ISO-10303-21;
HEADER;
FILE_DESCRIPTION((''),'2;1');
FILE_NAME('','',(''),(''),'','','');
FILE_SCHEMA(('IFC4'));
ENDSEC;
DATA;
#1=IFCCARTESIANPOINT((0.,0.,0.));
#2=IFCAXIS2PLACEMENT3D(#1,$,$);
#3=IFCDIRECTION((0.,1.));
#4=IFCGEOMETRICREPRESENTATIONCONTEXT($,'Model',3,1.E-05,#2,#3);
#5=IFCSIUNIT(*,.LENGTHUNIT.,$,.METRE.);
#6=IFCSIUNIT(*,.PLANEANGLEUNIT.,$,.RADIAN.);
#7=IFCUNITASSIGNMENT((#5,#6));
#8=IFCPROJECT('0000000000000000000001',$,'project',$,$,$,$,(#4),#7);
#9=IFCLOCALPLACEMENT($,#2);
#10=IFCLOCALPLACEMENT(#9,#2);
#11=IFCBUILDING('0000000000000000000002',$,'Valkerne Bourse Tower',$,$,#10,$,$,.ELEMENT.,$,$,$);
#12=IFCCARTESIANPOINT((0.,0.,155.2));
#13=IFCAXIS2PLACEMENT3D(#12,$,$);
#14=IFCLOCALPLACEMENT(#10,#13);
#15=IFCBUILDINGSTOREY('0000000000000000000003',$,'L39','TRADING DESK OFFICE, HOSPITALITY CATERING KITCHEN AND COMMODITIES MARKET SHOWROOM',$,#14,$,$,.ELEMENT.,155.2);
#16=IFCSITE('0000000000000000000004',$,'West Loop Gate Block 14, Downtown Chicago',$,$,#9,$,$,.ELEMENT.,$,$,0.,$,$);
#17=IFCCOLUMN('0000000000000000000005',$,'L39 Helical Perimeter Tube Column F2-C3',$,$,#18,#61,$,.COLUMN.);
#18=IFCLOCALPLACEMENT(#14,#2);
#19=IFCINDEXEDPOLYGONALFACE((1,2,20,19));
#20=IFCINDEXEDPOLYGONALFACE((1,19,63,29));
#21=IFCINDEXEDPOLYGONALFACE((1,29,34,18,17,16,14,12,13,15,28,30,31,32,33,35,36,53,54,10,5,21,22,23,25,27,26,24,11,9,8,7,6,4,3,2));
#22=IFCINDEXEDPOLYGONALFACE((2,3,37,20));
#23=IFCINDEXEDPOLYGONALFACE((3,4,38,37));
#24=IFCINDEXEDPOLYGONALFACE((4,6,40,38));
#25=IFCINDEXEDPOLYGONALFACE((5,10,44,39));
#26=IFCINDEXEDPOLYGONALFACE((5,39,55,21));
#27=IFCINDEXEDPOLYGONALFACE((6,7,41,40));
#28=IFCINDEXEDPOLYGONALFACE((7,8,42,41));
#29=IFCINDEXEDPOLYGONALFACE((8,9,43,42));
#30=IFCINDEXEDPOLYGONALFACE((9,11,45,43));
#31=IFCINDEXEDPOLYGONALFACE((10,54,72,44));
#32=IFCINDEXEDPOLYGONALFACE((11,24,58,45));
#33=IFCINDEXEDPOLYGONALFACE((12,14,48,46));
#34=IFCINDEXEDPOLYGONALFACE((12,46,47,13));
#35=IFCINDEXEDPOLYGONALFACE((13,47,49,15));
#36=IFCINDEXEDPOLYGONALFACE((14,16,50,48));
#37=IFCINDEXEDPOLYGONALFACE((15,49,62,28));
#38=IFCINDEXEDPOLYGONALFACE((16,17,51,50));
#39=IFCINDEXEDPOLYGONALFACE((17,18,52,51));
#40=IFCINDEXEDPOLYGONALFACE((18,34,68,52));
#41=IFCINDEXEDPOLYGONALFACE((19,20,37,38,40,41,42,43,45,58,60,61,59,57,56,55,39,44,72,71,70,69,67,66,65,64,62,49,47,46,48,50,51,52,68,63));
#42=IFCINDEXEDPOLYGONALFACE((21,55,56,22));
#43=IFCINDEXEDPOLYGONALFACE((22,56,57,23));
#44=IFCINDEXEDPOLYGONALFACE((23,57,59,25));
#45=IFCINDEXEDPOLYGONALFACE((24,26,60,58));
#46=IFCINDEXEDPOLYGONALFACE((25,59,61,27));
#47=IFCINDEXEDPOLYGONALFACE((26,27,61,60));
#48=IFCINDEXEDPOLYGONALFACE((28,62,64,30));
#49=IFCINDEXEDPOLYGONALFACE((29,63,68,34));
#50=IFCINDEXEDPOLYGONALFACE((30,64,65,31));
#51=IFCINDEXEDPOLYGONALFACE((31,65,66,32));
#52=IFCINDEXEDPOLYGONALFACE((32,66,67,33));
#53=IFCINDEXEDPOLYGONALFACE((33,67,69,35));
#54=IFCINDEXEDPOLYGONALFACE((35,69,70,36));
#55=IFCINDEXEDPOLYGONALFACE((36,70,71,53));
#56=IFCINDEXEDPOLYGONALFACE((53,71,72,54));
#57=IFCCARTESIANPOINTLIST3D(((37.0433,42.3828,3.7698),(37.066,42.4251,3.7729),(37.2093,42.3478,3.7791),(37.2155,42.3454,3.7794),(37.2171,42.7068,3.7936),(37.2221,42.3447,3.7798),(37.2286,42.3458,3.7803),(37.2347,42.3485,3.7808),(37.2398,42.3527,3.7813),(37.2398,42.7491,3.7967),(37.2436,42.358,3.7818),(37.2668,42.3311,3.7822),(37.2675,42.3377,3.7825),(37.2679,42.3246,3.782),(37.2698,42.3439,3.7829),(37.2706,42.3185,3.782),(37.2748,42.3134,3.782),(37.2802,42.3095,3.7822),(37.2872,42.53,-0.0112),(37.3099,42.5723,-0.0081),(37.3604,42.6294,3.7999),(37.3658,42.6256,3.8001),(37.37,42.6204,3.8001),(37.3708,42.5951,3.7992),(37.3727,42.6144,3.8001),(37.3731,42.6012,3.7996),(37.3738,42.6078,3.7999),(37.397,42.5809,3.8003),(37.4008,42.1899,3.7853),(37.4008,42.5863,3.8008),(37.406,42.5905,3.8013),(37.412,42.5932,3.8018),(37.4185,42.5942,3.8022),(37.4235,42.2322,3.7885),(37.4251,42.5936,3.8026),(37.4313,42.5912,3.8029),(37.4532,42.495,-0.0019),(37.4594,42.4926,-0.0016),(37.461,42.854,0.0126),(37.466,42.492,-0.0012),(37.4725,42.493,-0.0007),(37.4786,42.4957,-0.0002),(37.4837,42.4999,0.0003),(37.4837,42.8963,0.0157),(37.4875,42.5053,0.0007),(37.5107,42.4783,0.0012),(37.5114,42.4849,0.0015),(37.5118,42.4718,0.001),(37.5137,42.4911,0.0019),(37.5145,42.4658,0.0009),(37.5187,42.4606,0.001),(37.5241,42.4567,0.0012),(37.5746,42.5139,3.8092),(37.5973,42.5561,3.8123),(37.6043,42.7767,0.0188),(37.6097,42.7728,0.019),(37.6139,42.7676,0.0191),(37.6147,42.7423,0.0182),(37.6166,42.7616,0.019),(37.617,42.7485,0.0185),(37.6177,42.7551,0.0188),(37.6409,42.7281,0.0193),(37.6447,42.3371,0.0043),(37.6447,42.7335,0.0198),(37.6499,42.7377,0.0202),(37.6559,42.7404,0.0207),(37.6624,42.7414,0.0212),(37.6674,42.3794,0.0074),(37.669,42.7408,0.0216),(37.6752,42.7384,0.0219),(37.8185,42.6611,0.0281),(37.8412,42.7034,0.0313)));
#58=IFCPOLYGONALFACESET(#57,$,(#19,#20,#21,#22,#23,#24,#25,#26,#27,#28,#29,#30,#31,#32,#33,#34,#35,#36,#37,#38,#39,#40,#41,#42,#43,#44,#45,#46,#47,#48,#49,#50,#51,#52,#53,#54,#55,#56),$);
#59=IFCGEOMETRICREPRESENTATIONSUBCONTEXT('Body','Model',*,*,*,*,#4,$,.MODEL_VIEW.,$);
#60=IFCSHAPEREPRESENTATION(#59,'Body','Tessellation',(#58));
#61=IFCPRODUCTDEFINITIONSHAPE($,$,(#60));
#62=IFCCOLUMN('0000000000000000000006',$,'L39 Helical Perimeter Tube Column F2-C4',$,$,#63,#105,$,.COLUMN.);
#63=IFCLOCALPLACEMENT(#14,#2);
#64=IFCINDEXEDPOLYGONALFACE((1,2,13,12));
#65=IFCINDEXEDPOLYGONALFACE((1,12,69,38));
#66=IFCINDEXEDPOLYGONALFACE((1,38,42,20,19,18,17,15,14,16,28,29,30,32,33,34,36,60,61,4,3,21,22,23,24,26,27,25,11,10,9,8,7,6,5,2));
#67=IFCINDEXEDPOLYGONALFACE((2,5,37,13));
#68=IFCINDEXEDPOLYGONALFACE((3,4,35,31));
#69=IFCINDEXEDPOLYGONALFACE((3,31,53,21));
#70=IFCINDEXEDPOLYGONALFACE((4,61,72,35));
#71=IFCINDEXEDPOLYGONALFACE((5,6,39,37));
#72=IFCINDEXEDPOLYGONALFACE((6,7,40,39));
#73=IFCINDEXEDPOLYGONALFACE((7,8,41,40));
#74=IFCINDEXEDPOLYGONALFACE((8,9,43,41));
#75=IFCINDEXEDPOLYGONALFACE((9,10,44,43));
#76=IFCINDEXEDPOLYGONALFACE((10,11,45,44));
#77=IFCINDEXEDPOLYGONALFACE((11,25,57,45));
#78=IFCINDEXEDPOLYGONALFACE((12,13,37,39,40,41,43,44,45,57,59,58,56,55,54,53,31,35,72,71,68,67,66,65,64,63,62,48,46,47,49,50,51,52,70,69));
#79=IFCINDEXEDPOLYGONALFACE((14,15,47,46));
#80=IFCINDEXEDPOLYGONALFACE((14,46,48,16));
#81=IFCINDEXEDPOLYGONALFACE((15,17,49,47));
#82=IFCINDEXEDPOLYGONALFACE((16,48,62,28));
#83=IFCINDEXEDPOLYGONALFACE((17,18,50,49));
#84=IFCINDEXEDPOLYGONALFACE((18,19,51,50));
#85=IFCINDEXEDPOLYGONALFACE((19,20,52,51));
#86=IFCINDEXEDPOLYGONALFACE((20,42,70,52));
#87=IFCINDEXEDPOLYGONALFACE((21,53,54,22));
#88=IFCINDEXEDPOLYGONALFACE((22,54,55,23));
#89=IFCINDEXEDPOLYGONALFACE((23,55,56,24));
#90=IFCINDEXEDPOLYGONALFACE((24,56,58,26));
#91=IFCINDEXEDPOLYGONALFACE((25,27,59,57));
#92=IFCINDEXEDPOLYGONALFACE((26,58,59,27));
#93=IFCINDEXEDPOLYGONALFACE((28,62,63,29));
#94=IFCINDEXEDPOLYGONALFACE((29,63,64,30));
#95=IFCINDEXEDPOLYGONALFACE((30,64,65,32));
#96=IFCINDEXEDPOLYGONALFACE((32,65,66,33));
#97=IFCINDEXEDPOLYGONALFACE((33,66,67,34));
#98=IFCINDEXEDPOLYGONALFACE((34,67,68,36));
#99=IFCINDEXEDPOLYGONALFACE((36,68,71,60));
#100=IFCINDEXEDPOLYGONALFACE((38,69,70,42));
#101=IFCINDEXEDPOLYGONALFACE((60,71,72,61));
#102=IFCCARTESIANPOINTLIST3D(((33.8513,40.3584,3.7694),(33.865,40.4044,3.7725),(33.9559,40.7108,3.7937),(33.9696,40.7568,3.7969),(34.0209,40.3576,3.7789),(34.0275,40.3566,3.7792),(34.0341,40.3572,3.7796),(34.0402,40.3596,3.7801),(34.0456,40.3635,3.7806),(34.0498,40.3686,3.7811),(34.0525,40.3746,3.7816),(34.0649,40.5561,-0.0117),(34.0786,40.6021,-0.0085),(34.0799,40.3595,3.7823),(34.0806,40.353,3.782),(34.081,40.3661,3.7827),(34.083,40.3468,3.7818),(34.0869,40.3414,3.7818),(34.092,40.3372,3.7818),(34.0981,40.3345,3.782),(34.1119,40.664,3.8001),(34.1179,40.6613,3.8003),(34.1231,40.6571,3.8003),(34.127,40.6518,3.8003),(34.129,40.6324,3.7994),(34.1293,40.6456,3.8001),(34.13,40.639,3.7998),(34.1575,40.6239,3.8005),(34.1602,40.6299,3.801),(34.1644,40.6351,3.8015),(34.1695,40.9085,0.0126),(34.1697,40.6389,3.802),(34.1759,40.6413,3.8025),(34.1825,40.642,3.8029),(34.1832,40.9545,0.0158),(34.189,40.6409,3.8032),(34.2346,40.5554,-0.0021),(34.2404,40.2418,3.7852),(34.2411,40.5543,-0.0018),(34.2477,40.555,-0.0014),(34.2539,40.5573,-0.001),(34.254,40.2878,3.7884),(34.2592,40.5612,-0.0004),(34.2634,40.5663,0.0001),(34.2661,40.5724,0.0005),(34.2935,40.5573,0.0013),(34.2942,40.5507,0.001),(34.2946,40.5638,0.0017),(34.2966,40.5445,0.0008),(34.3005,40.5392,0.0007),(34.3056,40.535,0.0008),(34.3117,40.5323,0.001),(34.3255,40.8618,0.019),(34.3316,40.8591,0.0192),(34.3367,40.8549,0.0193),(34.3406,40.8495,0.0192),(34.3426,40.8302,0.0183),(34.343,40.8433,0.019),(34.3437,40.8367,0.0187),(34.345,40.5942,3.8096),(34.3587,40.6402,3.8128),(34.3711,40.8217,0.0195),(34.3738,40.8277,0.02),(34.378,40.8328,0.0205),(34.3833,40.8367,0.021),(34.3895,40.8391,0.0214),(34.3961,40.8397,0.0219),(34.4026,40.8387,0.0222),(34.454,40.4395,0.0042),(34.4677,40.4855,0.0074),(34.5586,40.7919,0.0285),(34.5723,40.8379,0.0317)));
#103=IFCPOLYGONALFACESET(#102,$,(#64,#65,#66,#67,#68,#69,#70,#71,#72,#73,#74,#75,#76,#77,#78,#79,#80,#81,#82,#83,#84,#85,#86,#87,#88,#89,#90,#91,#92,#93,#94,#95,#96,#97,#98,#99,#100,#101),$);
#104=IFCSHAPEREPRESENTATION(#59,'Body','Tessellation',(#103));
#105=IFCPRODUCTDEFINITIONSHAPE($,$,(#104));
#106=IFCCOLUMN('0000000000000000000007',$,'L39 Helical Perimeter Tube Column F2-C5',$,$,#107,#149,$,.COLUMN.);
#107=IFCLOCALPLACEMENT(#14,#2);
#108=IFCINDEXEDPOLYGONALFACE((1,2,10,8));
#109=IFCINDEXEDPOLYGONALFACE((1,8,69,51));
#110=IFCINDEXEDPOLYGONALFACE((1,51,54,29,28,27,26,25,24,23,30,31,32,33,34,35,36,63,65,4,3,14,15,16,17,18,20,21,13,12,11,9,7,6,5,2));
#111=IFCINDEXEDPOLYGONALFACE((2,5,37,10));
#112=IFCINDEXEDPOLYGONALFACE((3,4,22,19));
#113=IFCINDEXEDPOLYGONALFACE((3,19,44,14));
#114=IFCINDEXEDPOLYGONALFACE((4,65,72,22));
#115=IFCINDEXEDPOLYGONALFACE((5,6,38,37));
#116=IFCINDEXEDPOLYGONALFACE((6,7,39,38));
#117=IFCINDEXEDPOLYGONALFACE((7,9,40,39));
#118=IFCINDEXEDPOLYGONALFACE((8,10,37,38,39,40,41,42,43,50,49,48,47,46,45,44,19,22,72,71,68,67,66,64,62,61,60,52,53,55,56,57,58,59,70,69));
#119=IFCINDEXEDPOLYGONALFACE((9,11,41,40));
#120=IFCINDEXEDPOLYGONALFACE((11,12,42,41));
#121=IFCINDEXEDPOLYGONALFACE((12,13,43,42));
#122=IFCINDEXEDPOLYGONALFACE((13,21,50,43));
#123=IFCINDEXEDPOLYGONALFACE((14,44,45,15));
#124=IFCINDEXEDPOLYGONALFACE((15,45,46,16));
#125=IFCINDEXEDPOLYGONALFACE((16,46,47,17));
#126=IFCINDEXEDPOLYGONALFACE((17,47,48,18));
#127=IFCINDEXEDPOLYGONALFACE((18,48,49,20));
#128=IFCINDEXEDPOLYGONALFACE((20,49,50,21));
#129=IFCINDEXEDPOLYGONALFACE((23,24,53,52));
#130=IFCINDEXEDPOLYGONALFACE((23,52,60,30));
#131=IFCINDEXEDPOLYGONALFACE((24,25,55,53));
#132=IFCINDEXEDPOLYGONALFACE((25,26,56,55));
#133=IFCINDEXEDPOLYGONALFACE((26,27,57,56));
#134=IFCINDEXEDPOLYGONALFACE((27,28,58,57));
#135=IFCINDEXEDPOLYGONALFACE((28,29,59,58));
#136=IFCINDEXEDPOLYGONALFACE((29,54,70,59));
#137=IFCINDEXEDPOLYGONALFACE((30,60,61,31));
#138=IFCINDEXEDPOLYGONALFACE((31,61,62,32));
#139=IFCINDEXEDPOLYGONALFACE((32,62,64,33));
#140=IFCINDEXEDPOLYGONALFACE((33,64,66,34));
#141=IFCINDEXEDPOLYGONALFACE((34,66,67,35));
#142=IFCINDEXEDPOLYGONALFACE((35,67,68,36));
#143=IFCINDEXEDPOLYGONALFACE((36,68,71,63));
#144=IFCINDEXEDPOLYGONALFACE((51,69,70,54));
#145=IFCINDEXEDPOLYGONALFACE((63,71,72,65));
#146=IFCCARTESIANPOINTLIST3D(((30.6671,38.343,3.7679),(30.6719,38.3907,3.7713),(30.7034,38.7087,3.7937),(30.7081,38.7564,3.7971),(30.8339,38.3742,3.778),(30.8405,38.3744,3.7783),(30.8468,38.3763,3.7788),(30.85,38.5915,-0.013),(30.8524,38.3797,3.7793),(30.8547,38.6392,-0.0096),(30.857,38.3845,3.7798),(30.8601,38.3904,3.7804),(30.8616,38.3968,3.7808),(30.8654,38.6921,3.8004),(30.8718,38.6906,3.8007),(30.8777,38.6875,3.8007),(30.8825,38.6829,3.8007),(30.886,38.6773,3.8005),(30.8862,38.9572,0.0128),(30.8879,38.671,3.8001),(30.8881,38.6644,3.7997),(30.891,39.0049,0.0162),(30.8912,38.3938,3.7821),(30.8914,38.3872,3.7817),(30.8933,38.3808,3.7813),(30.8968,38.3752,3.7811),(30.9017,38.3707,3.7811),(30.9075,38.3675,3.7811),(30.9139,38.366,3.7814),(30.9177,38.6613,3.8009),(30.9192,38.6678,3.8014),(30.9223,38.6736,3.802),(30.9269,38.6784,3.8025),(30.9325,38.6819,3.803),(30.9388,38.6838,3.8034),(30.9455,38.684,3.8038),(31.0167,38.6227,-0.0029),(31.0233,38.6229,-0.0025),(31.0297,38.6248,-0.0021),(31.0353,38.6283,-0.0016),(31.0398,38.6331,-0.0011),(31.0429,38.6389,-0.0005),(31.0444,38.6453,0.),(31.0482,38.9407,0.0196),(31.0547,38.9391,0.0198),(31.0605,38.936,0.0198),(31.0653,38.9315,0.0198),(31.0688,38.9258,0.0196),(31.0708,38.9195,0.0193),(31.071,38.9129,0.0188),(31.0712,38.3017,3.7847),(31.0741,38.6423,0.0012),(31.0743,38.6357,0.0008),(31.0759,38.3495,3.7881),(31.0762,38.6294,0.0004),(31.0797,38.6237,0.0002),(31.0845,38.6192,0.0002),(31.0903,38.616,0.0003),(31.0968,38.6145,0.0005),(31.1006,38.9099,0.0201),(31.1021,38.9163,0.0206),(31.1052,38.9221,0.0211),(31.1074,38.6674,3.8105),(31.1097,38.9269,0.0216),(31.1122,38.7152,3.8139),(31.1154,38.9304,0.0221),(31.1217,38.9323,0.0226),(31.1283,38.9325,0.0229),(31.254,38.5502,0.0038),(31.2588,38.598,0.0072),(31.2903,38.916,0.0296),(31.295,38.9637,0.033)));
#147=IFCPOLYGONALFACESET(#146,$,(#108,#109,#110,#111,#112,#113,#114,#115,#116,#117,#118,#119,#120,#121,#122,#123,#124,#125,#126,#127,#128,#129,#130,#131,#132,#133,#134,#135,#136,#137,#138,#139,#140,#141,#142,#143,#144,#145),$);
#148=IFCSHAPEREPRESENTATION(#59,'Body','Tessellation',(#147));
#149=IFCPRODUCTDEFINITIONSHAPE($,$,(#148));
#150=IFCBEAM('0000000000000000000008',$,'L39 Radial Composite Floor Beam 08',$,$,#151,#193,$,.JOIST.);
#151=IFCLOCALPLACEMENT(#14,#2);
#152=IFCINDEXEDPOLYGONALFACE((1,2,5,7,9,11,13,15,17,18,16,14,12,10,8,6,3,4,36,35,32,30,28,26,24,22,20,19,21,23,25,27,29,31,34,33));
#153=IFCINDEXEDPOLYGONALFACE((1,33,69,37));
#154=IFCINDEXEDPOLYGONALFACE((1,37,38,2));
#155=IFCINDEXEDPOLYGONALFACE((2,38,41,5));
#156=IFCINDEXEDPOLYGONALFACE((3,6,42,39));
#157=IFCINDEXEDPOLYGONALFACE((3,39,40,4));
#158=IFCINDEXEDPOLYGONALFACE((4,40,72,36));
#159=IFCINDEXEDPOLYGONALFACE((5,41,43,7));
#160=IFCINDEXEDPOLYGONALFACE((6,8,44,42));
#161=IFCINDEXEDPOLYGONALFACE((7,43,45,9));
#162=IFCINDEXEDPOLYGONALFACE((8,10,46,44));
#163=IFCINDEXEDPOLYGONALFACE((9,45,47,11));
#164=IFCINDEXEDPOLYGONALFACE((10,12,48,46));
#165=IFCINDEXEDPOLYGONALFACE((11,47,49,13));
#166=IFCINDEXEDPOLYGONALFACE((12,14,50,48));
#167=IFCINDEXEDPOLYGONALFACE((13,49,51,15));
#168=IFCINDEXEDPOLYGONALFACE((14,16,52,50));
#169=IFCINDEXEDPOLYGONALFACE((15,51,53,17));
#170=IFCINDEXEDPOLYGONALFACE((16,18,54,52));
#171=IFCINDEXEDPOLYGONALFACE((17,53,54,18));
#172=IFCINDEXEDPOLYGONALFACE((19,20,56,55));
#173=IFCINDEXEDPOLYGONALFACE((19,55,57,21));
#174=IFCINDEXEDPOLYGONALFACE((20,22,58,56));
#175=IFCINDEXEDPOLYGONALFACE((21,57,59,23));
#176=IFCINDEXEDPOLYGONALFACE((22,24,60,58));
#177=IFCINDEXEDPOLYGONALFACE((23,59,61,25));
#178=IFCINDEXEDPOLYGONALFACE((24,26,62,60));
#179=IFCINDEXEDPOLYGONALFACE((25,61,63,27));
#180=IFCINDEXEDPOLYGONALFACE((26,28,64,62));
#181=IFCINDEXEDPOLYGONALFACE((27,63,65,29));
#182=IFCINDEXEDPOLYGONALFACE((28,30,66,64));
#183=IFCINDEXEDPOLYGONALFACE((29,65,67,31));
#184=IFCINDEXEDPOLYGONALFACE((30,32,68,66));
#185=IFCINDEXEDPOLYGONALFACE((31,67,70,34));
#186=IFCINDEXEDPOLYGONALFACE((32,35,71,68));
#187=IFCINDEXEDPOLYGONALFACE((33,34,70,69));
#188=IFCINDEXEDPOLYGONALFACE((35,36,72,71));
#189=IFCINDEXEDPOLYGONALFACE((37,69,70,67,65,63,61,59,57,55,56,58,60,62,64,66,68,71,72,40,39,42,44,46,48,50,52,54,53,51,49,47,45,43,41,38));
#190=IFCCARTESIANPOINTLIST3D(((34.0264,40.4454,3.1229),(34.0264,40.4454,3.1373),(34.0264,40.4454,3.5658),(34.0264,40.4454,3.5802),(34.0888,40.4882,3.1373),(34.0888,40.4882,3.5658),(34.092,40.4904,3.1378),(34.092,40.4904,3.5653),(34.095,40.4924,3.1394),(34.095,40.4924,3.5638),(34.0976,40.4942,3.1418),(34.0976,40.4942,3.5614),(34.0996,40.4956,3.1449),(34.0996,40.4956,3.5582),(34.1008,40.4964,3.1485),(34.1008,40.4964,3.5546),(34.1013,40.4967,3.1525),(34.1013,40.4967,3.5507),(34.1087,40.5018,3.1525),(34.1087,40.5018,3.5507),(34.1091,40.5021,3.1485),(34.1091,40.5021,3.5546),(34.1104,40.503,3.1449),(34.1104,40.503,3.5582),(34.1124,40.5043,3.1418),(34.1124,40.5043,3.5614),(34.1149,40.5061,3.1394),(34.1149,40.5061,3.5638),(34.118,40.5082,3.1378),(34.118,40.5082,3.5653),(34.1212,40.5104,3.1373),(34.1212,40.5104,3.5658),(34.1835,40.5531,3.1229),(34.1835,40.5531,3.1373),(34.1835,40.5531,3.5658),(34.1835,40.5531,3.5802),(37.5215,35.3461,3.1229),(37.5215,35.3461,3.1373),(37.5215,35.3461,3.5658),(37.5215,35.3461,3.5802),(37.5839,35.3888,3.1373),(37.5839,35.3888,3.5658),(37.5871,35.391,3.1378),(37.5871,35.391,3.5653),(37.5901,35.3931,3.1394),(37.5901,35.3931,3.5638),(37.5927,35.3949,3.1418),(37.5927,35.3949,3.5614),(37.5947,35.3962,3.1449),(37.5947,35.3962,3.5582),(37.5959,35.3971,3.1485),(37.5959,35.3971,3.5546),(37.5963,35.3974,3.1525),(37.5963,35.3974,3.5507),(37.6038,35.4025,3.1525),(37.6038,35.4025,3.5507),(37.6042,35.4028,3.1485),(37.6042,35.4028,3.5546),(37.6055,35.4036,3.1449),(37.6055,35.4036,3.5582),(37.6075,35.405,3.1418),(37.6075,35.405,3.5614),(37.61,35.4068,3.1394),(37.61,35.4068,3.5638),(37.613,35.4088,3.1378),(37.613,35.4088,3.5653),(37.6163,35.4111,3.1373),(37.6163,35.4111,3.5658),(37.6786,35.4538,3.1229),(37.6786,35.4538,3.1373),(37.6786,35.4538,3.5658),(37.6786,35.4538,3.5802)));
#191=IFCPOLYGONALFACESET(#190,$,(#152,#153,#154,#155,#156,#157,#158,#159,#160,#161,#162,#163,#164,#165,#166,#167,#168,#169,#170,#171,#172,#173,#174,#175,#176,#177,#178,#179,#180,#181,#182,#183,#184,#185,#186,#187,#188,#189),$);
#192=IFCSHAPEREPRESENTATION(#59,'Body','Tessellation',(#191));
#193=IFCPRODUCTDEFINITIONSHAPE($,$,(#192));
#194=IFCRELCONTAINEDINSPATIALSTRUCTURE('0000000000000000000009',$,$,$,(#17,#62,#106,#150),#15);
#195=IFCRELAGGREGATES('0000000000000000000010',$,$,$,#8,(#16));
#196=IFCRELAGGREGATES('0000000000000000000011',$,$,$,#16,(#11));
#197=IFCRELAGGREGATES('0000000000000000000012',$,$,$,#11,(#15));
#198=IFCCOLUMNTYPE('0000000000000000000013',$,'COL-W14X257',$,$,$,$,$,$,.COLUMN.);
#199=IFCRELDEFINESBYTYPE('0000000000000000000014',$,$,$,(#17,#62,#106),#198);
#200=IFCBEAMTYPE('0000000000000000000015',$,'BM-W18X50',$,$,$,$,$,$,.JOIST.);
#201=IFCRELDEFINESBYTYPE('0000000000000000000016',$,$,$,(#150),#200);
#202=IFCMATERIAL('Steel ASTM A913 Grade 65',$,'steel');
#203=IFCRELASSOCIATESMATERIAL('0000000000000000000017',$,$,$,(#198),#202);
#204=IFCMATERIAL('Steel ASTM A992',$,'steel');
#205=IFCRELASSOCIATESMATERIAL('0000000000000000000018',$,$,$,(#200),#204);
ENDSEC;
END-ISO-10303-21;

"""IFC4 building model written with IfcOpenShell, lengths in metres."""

from ifc_helpers import new_model, si_unit, direction, frame, origin, origin_2d, place, context, subcontext, project, spatial, i_section, extrude, material, material_profile, profile_set, type_object, element, save


model = new_model("IFC4")

# Units and contexts
model_context = context("Model", 3, precision=1e-05, world=origin(), true_north=direction((0.0, 1.0)))
body_context = subcontext(model_context, "Body", "Model", "MODEL_VIEW")
ifc_project = project(units=[si_unit("LENGTHUNIT", "METRE"), si_unit("PLANEANGLEUNIT", "RADIAN")], contexts=[model_context])

# Site, building, storey
site_placement = place(None, origin())
site = spatial("IfcSite", under=ifc_project, at=site_placement, Name="West Loop Gate Block 14, Downtown Chicago", CompositionType="ELEMENT", RefElevation=0.0)
building_placement = place(site_placement, origin())
building = spatial("IfcBuilding", under=site, at=building_placement, Name="Valkerne Bourse Tower", CompositionType="ELEMENT")
storey_placement = place(building_placement, frame((0.0, 0.0, 155.2)))
storey = spatial("IfcBuildingStorey", under=building, at=storey_placement, Name="L39", Description="TRADING DESK OFFICE, HOSPITALITY CATERING KITCHEN AND COMMODITIES MARKET SHOWROOM", CompositionType="ELEMENT", Elevation=155.2)

# Columns
ifc_material_1 = material(Name="Steel ASTM A913 Grade 65", Category="steel")
ifc_material_profile_1 = material_profile(ifc_material_1, i_section(OverallWidth=0.4065, OverallDepth=0.4165, WebThickness=0.0298, FlangeThickness=0.0481, FilletRadius=0.0254, at=origin_2d()), Name="W14X257")
ifc_profile_set_1 = profile_set([ifc_material_profile_1], Name="Steel ASTM A913 Grade 65")
column_type = type_object("IfcColumnType", Name="COL-W14X257", PredefinedType="COLUMN", material=ifc_profile_set_1)
column_1_placement = place(storey_placement, frame((37.5642, 42.6167, 0.01), z_axis=(-0.064323, -0.038826, 0.997174), x_axis=(-0.879372, 0.474596, -0.038246)))
element("IfcColumn", 1, at=column_1_placement, inside=storey, type_object=column_type, Name="L39 Helical Perimeter Tube Column F2-C3", PredefinedType="COLUMN", context=body_context, shape_type="SweptSolid", body=[
    extrude(i_section(OverallWidth=0.4065, OverallDepth=0.4165, WebThickness=0.0298, FlangeThickness=0.0481, FilletRadius=0.0254, at=origin_2d()), origin(), (0.0, 0.0, 1.0), 3.7917),
])
column_2_placement = place(storey_placement, frame((34.3186, 40.697, 0.01), z_axis=(-0.056332, -0.052148, 0.997049), x_axis=(-0.957175, 0.286861, -0.039076)))
element("IfcColumn", 2, at=column_2_placement, inside=storey, type_object=column_type, Name="L39 Helical Perimeter Tube Column F2-C4", PredefinedType="COLUMN", context=body_context, shape_type="SweptSolid", body=[
    extrude(i_section(OverallWidth=0.4065, OverallDepth=0.4165, WebThickness=0.0298, FlangeThickness=0.0481, FilletRadius=0.0254, at=origin_2d()), origin(), (0.0, 0.0, 1.0), 3.7922),
])
column_3_placement = place(storey_placement, frame((31.0725, 38.7776, 0.01), z_axis=(-0.048203, -0.065515, 0.996687), x_axis=(-0.993979, 0.101443, -0.041404)))
element("IfcColumn", 3, at=column_3_placement, inside=storey, type_object=column_type, Name="L39 Helical Perimeter Tube Column F2-C5", PredefinedType="COLUMN", context=body_context, shape_type="SweptSolid", body=[
    extrude(i_section(OverallWidth=0.4065, OverallDepth=0.4165, WebThickness=0.0298, FlangeThickness=0.0481, FilletRadius=0.0254, at=origin_2d()), origin(), (0.0, 0.0, 1.0), 3.7935),
])

# Beam
ifc_material_2 = material(Name="Steel ASTM A992", Category="steel")
ifc_material_profile_2 = material_profile(ifc_material_2, i_section(OverallWidth=0.1904, OverallDepth=0.4573, WebThickness=0.009, FlangeThickness=0.0144, FilletRadius=0.0151, at=origin_2d()), Name="W18X50")
ifc_profile_set_2 = profile_set([ifc_material_profile_2], Name="Steel ASTM A992")
beam_type_1 = type_object("IfcBeamType", Name="BM-W18X50", PredefinedType="JOIST", material=ifc_profile_set_2)
beam_1_placement = place(storey_placement, frame((34.105, 40.4993, 3.3516), z_axis=(0.565353, -0.824849, 0.0), x_axis=(0.824849, 0.565353, 0.0)))
element("IfcBeam", 4, at=beam_1_placement, inside=storey, type_object=beam_type_1, Name="L39 Radial Composite Floor Beam 08", PredefinedType="JOIST", context=body_context, shape_type="SweptSolid", body=[
    extrude(i_section(OverallWidth=0.1904, OverallDepth=0.4573, WebThickness=0.009, FlangeThickness=0.0144, FilletRadius=0.0151, at=origin_2d()), origin(), (0.0, 0.0, 1.0), 6.1821),
])

save(model, "model.ifc")
